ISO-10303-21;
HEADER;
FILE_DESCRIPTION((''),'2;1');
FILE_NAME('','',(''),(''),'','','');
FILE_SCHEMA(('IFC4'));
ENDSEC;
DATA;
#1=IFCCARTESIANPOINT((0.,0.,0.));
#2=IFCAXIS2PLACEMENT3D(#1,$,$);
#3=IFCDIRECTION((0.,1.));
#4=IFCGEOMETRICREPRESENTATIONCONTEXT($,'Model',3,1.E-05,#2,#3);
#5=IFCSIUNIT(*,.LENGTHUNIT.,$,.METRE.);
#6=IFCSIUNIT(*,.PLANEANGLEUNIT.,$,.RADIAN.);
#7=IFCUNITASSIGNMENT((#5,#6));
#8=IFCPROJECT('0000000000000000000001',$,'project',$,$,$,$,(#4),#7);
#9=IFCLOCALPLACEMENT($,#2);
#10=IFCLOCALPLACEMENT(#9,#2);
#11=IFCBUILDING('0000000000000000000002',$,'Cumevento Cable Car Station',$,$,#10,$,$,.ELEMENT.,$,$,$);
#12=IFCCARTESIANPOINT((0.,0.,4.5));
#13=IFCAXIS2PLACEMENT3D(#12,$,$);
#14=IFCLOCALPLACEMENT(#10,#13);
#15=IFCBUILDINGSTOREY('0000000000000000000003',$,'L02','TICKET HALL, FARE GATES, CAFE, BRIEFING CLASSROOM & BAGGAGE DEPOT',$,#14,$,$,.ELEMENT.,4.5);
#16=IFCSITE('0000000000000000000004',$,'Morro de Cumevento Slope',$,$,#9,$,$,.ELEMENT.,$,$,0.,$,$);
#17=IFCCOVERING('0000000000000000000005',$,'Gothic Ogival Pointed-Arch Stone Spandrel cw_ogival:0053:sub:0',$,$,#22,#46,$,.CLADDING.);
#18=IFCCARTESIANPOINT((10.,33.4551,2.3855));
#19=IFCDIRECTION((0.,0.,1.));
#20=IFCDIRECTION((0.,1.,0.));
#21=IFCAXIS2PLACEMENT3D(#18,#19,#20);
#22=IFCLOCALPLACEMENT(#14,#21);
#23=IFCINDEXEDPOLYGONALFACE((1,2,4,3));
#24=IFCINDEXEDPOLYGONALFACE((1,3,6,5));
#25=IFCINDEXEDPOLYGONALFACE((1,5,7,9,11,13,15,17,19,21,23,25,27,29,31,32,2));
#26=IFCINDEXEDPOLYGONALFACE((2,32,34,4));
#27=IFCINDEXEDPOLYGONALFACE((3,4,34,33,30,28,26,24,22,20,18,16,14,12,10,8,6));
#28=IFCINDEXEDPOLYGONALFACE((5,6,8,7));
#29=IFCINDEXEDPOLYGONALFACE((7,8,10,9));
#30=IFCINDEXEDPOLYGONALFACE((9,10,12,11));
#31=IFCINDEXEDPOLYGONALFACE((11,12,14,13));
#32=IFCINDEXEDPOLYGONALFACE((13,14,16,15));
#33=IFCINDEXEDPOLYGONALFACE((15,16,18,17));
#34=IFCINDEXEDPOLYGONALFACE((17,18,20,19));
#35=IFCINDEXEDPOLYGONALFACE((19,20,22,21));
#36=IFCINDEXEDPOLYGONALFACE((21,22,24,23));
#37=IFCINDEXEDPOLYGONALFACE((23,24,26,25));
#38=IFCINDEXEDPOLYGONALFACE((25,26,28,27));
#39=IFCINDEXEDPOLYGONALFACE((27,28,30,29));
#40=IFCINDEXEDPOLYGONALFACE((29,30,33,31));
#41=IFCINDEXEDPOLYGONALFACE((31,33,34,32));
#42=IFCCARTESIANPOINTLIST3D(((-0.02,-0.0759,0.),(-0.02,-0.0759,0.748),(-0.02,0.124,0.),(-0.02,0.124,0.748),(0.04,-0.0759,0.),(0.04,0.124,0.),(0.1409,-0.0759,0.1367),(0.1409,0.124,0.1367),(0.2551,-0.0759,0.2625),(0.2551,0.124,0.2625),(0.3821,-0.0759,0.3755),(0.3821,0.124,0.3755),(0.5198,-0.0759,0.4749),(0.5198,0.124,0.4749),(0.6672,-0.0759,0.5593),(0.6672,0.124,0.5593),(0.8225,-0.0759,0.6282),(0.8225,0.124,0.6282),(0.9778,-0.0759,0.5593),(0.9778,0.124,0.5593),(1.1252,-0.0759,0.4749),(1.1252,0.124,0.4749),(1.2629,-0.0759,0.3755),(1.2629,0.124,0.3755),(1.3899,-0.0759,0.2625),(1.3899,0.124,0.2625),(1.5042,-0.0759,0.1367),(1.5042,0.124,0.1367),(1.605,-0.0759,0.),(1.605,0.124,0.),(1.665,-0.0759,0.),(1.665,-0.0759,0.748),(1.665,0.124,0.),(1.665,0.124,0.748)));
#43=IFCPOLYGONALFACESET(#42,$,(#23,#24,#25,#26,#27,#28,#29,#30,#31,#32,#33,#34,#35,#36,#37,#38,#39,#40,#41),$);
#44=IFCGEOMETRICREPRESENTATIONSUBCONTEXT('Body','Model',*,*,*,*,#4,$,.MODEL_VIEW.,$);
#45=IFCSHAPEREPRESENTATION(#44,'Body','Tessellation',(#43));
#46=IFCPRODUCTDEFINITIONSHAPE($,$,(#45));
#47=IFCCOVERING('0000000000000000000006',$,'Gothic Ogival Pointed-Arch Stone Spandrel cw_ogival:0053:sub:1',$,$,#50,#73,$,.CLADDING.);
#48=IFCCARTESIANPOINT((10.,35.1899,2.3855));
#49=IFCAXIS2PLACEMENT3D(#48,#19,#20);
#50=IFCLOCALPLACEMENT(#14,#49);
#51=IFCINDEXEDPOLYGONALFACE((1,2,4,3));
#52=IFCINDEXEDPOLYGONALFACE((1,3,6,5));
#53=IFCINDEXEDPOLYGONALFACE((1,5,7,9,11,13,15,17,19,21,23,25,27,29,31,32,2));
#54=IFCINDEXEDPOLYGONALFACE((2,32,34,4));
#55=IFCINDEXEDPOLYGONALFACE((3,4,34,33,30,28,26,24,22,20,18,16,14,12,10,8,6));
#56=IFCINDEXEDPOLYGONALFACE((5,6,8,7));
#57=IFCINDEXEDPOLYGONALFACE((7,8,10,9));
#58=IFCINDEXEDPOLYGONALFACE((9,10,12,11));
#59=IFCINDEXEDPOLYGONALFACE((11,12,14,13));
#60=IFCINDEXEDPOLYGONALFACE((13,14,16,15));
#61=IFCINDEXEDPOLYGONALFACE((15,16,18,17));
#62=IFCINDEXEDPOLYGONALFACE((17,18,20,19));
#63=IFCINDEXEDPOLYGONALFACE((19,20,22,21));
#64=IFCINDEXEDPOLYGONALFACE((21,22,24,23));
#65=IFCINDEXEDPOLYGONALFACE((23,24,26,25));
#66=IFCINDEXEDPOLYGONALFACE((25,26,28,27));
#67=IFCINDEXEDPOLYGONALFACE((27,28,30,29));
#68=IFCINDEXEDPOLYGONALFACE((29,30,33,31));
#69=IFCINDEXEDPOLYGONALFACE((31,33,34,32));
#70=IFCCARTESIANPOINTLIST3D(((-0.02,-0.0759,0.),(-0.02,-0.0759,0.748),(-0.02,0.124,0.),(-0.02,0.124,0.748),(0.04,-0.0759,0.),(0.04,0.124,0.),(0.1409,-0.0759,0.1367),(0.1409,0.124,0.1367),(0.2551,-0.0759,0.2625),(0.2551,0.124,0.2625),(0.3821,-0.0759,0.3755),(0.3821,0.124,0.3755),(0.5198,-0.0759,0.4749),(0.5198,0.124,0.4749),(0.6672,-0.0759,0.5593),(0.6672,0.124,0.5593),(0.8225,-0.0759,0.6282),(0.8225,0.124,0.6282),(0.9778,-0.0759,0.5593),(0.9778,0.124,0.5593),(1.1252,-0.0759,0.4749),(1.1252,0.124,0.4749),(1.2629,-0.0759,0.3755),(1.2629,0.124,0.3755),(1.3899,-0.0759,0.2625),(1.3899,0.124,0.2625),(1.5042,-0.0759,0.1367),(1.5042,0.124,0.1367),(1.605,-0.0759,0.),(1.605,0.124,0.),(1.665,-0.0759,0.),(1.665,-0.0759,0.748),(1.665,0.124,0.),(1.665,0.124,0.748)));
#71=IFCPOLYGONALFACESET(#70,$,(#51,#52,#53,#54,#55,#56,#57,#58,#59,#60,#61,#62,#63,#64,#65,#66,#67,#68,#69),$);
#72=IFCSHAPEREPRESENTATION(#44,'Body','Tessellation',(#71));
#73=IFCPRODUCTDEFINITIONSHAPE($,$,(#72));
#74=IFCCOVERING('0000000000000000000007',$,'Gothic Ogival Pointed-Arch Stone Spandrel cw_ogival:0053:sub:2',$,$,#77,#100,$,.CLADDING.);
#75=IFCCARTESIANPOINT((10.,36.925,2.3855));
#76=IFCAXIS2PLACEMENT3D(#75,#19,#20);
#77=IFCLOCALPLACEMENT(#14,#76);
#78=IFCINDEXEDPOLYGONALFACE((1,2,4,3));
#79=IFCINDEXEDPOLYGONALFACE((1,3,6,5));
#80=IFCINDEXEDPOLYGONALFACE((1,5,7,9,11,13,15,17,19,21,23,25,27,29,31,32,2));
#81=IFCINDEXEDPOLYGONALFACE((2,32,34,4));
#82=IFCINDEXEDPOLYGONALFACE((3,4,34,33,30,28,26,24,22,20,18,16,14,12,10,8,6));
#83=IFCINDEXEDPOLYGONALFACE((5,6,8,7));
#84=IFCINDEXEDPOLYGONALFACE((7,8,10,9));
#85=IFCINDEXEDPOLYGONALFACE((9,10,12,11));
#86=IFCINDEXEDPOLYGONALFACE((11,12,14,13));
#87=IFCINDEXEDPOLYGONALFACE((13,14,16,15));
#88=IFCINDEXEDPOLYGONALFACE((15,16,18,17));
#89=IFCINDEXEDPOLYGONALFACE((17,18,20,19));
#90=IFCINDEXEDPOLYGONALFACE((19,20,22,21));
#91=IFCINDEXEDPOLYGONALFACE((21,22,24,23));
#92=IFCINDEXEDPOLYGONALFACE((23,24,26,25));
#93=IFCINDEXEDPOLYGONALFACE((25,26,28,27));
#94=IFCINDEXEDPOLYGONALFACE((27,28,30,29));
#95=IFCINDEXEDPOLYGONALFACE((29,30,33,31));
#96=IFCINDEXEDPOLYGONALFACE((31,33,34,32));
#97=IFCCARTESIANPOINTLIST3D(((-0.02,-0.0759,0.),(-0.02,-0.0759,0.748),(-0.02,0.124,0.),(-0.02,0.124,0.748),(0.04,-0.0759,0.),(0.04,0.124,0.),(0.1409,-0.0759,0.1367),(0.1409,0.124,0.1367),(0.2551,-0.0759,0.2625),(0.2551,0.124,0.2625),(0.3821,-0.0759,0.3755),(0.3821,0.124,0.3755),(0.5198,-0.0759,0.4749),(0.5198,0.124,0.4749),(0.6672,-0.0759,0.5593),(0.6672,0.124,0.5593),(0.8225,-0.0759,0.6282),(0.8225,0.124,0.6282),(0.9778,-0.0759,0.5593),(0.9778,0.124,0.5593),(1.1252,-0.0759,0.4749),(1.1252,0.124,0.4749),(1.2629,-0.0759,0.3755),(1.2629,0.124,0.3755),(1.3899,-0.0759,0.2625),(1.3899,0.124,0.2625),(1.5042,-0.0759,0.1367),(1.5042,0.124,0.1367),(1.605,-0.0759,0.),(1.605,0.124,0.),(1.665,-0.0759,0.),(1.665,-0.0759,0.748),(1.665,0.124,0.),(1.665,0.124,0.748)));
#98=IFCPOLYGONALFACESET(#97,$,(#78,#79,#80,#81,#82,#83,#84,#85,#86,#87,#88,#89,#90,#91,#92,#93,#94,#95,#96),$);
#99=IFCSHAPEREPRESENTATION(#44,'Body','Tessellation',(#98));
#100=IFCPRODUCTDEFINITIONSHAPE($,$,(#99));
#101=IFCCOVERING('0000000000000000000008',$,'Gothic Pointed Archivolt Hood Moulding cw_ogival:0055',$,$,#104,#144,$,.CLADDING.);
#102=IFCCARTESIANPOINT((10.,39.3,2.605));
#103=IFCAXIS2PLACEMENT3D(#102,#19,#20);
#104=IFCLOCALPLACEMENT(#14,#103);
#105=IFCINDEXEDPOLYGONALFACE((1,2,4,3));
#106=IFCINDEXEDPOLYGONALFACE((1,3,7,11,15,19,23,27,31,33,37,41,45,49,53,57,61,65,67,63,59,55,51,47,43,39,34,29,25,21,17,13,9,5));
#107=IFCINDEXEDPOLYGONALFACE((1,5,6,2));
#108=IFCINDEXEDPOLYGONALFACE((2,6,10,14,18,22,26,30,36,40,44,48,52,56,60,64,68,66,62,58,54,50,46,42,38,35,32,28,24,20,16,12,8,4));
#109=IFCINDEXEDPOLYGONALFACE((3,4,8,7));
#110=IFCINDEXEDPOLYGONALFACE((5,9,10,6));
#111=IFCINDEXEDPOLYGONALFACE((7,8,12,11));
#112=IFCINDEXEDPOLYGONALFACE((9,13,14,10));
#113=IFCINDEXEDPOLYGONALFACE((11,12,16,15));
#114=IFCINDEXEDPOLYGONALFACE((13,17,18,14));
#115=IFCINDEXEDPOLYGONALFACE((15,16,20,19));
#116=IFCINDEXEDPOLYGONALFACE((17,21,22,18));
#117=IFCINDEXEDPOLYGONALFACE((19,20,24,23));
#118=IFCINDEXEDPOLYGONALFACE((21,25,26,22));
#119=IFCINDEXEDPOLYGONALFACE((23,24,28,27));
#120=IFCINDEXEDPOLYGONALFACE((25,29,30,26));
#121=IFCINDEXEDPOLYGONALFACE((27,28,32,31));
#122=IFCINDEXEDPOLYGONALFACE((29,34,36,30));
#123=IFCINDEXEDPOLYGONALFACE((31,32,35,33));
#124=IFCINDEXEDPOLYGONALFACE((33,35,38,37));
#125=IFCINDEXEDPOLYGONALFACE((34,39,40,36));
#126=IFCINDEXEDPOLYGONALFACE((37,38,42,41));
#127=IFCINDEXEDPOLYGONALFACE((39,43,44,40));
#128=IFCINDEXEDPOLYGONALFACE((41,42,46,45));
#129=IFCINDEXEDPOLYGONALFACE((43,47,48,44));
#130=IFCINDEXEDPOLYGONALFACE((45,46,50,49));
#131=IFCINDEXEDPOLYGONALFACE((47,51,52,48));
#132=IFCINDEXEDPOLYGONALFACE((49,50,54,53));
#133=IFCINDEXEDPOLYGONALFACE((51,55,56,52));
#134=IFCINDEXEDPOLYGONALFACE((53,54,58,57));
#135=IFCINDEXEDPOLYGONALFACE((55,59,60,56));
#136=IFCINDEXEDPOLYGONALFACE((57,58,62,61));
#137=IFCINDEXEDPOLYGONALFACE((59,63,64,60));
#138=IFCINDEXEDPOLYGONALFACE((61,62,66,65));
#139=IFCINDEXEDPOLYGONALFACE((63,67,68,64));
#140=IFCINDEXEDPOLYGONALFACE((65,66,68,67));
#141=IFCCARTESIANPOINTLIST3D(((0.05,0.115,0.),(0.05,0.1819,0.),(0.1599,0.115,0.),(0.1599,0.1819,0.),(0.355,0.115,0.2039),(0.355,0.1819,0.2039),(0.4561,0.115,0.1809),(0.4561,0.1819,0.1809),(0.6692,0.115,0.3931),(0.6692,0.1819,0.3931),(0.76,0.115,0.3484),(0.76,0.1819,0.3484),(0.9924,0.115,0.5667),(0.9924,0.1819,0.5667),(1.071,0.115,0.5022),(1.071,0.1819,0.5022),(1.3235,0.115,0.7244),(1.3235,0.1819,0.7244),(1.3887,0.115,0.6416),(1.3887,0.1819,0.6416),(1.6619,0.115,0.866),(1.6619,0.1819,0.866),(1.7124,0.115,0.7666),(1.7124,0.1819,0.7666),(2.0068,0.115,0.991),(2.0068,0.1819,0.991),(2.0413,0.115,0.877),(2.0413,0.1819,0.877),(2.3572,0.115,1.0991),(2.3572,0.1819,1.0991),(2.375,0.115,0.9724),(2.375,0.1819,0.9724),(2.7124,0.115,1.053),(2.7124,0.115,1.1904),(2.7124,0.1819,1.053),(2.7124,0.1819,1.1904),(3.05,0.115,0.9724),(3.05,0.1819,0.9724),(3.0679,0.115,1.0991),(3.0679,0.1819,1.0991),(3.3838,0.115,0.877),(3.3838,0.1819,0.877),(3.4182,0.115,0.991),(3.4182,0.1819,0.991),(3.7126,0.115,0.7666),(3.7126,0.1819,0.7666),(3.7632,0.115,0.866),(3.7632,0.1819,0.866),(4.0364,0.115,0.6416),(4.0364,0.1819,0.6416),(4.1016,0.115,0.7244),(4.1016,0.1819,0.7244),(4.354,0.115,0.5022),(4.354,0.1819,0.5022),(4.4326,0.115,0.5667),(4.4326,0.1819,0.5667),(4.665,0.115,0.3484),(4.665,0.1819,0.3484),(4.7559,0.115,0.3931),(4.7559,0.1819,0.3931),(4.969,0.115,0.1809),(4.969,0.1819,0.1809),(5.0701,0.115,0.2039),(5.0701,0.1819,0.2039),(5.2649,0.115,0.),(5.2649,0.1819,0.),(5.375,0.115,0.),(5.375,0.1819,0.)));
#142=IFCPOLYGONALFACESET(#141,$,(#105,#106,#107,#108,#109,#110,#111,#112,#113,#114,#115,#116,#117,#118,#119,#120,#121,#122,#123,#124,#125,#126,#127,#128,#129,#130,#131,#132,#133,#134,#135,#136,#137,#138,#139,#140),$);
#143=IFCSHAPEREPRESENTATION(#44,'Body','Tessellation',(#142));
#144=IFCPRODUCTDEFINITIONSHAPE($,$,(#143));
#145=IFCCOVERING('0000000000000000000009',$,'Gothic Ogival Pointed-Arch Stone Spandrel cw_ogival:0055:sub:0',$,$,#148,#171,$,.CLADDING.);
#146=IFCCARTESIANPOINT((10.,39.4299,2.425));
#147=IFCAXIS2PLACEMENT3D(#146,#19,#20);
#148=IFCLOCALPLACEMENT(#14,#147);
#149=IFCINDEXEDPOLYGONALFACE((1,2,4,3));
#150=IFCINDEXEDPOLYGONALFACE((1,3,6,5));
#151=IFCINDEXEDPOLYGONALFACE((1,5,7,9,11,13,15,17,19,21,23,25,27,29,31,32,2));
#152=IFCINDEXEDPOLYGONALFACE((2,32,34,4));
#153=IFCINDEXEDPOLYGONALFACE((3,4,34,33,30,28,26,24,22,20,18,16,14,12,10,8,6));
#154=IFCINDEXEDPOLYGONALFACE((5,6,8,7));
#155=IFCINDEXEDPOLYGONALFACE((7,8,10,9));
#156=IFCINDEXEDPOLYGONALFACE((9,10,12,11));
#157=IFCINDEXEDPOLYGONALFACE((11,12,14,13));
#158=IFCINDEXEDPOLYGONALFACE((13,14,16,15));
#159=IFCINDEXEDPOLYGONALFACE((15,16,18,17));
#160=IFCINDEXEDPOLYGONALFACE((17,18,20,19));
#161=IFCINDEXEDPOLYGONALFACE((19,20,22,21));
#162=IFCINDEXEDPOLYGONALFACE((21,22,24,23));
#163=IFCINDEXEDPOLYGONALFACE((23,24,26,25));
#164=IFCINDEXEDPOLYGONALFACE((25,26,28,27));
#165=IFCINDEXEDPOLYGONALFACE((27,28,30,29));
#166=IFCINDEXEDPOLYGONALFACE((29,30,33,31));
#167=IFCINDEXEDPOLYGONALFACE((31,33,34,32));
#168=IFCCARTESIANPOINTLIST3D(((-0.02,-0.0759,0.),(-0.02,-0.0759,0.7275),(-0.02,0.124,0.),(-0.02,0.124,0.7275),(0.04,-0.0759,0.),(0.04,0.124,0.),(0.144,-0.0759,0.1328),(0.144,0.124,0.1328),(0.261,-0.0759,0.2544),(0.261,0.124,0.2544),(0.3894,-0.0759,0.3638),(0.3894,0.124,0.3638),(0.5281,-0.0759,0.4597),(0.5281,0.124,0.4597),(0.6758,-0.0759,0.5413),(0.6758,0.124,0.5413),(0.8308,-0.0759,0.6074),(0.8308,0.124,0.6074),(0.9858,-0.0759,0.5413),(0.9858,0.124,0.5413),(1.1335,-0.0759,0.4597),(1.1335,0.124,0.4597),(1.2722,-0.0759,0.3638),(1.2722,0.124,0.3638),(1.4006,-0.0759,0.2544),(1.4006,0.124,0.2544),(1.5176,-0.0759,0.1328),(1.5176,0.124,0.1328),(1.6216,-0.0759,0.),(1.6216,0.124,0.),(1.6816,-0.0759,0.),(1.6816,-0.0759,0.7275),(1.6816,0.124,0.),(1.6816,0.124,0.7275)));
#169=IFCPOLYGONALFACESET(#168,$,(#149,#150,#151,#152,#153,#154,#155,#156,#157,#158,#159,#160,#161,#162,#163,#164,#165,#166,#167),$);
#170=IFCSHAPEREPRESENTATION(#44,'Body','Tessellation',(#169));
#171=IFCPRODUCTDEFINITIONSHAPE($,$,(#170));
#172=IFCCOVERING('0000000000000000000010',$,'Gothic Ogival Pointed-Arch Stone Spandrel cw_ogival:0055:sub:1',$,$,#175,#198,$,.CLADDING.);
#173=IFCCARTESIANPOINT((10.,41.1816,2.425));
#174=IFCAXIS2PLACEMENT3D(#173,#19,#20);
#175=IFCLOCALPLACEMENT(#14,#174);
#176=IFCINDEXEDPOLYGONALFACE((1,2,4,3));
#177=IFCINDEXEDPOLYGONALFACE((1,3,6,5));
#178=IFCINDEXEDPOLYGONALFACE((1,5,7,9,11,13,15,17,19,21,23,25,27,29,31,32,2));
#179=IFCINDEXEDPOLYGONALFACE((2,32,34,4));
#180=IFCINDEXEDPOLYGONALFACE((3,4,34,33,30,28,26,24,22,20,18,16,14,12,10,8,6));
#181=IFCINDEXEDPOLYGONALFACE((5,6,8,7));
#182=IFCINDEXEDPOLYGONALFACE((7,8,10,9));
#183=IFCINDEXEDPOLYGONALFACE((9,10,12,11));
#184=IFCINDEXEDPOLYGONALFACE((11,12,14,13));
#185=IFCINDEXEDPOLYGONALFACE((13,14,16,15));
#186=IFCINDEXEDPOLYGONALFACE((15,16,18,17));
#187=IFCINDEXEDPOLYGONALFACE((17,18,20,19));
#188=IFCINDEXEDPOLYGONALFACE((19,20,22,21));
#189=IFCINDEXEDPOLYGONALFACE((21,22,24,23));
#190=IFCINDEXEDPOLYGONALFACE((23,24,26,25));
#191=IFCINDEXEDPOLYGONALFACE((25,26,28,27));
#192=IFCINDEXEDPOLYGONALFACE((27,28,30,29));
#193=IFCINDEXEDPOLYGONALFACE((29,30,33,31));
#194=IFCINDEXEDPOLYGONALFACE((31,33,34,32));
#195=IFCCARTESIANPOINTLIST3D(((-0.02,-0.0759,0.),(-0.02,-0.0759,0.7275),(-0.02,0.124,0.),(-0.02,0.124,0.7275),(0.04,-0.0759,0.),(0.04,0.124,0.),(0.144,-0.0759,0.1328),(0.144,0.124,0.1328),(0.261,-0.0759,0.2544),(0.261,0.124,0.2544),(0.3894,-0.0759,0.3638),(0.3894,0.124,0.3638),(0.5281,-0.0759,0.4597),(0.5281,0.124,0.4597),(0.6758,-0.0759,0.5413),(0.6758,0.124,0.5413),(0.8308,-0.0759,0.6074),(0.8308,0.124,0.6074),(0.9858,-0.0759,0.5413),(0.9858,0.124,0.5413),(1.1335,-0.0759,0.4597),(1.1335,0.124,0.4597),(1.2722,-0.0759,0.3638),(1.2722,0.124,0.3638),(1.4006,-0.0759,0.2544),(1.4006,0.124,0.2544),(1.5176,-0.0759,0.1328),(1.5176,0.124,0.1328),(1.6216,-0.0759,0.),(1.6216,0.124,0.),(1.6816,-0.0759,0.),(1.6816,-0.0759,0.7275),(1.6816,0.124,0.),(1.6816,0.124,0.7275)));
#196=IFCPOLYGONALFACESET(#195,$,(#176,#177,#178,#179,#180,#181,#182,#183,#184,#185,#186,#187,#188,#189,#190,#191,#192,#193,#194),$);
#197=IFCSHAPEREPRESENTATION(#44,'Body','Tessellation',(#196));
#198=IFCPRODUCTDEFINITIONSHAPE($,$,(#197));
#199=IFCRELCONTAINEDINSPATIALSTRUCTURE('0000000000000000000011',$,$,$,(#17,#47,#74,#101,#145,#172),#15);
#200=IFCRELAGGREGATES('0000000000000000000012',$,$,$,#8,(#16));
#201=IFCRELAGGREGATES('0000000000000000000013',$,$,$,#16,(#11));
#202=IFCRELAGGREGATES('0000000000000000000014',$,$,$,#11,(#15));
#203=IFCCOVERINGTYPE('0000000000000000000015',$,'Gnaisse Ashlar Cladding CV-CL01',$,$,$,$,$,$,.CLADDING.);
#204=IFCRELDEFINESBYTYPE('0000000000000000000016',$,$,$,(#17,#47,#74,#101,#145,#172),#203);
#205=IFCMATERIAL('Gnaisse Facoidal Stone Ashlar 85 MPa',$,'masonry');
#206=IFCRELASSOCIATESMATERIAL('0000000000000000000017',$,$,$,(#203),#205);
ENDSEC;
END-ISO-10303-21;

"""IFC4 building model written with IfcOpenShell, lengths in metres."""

from ifc_helpers import new_model, si_unit, direction, frame, origin, place, context, subcontext, project, spatial, polyline, outline, extrude, material, type_object, element, save


model = new_model("IFC4")

# Units and contexts
model_context = context("Model", 3, precision=1e-05, world=origin(), true_north=direction((0.0, 1.0)))
body_context = subcontext(model_context, "Body", "Model", "MODEL_VIEW")
ifc_project = project(units=[si_unit("LENGTHUNIT", "METRE"), si_unit("PLANEANGLEUNIT", "RADIAN")], contexts=[model_context])

# Site, building, storey
site_placement = place(None, origin())
site = spatial("IfcSite", under=ifc_project, at=site_placement, Name="Morro de Cumevento Slope", CompositionType="ELEMENT", RefElevation=0.0)
building_placement = place(site_placement, origin())
building = spatial("IfcBuilding", under=site, at=building_placement, Name="Cumevento Cable Car Station", CompositionType="ELEMENT")
storey_placement = place(building_placement, frame((0.0, 0.0, 4.5)))
storey = spatial("IfcBuildingStorey", under=building, at=storey_placement, Name="L02", Description="TICKET HALL, FARE GATES, CAFE, BRIEFING CLASSROOM & BAGGAGE DEPOT", CompositionType="ELEMENT", Elevation=4.5)

# Coverings
ifc_material_1 = material(Name="Gnaisse Facoidal Stone Ashlar 85 MPa", Category="masonry")
covering_type = type_object("IfcCoveringType", Name="Gnaisse Ashlar Cladding CV-CL01", PredefinedType="CLADDING", material=ifc_material_1)
for number, where, z_axis, x_axis, name in (
    (1, (10.0, 33.4551, 2.3855), (0.0, 0.0, 1.0), (0.0, 1.0, 0.0), "Gothic Ogival Pointed-Arch Stone Spandrel cw_ogival:0053:sub:0"),
    (2, (10.0, 35.1899, 2.3855), (0.0, 0.0, 1.0), (0.0, 1.0, 0.0), "Gothic Ogival Pointed-Arch Stone Spandrel cw_ogival:0053:sub:1"),
    (3, (10.0, 36.925, 2.3855), (0.0, 0.0, 1.0), (0.0, 1.0, 0.0), "Gothic Ogival Pointed-Arch Stone Spandrel cw_ogival:0053:sub:2"),
):
    element("IfcCovering", number, at=place(storey_placement, frame(where, z_axis=z_axis, x_axis=x_axis)), inside=storey, type_object=covering_type, Name=name, PredefinedType="CLADDING", context=body_context, shape_type="SweptSolid", body=[
        extrude(outline(polyline([(-0.02, 0.0), (-0.02, 0.748), (1.665, 0.748), (1.665, 0.0), (1.605, 0.0), (1.5042, 0.1367), (1.3899, 0.2625), (1.2629, 0.3755), (1.1252, 0.4749), (0.9778, 0.5593), (0.8225, 0.6282), (0.6672, 0.5593), (0.5198, 0.4749), (0.3821, 0.3755), (0.2551, 0.2625), (0.1409, 0.1367), (0.04, 0.0), (-0.02, 0.0)])), frame((0.0, 0.124, 0.0), z_axis=(0.0, -1.0, 0.0), x_axis=(1.0, 0.0, 0.0)), (0.0, 0.0, 1.0), 0.2),
    ])
covering_1_placement = place(storey_placement, frame((10.0, 39.3, 2.605), z_axis=(0.0, 0.0, 1.0), x_axis=(0.0, 1.0, 0.0)))
element("IfcCovering", 4, at=covering_1_placement, inside=storey, type_object=covering_type, Name="Gothic Pointed Archivolt Hood Moulding cw_ogival:0055", PredefinedType="CLADDING", context=body_context, shape_type="SweptSolid", body=[
    extrude(outline(polyline([(0.1599, 0.0), (0.4561, 0.1809), (0.76, 0.3484), (1.071, 0.5022), (1.3887, 0.6416), (1.7124, 0.7666), (2.0413, 0.877), (2.375, 0.9724), (2.7124, 1.053), (3.05, 0.9724), (3.3838, 0.877), (3.7126, 0.7666), (4.0364, 0.6416), (4.354, 0.5022), (4.665, 0.3484), (4.969, 0.1809), (5.2649, 0.0), (5.375, 0.0), (5.0701, 0.2039), (4.7559, 0.3931), (4.4326, 0.5667), (4.1016, 0.7244), (3.7632, 0.866), (3.4182, 0.991), (3.0679, 1.0991), (2.7124, 1.1904), (2.3572, 1.0991), (2.0068, 0.991), (1.6619, 0.866), (1.3235, 0.7244), (0.9924, 0.5667), (0.6692, 0.3931), (0.355, 0.2039), (0.05, 0.0), (0.1599, 0.0)])), frame((0.0, 0.1819, 0.0), z_axis=(0.0, -1.0, 0.0), x_axis=(1.0, 0.0, 0.0)), (0.0, 0.0, 1.0), 0.0669),
])
for number, where, z_axis, x_axis, name in (
    (5, (10.0, 39.4299, 2.425), (0.0, 0.0, 1.0), (0.0, 1.0, 0.0), "Gothic Ogival Pointed-Arch Stone Spandrel cw_ogival:0055:sub:0"),
    (6, (10.0, 41.1816, 2.425), (0.0, 0.0, 1.0), (0.0, 1.0, 0.0), "Gothic Ogival Pointed-Arch Stone Spandrel cw_ogival:0055:sub:1"),
):
    element("IfcCovering", number, at=place(storey_placement, frame(where, z_axis=z_axis, x_axis=x_axis)), inside=storey, type_object=covering_type, Name=name, PredefinedType="CLADDING", context=body_context, shape_type="SweptSolid", body=[
        extrude(outline(polyline([(-0.02, 0.0), (-0.02, 0.7275), (1.6816, 0.7275), (1.6816, 0.0), (1.6216, 0.0), (1.5176, 0.1328), (1.4006, 0.2544), (1.2722, 0.3638), (1.1335, 0.4597), (0.9858, 0.5413), (0.8308, 0.6074), (0.6758, 0.5413), (0.5281, 0.4597), (0.3894, 0.3638), (0.261, 0.2544), (0.144, 0.1328), (0.04, 0.0), (-0.02, 0.0)])), frame((0.0, 0.124, 0.0), z_axis=(0.0, -1.0, 0.0), x_axis=(1.0, 0.0, 0.0)), (0.0, 0.0, 1.0), 0.2),
    ])

save(model, "model.ifc")
